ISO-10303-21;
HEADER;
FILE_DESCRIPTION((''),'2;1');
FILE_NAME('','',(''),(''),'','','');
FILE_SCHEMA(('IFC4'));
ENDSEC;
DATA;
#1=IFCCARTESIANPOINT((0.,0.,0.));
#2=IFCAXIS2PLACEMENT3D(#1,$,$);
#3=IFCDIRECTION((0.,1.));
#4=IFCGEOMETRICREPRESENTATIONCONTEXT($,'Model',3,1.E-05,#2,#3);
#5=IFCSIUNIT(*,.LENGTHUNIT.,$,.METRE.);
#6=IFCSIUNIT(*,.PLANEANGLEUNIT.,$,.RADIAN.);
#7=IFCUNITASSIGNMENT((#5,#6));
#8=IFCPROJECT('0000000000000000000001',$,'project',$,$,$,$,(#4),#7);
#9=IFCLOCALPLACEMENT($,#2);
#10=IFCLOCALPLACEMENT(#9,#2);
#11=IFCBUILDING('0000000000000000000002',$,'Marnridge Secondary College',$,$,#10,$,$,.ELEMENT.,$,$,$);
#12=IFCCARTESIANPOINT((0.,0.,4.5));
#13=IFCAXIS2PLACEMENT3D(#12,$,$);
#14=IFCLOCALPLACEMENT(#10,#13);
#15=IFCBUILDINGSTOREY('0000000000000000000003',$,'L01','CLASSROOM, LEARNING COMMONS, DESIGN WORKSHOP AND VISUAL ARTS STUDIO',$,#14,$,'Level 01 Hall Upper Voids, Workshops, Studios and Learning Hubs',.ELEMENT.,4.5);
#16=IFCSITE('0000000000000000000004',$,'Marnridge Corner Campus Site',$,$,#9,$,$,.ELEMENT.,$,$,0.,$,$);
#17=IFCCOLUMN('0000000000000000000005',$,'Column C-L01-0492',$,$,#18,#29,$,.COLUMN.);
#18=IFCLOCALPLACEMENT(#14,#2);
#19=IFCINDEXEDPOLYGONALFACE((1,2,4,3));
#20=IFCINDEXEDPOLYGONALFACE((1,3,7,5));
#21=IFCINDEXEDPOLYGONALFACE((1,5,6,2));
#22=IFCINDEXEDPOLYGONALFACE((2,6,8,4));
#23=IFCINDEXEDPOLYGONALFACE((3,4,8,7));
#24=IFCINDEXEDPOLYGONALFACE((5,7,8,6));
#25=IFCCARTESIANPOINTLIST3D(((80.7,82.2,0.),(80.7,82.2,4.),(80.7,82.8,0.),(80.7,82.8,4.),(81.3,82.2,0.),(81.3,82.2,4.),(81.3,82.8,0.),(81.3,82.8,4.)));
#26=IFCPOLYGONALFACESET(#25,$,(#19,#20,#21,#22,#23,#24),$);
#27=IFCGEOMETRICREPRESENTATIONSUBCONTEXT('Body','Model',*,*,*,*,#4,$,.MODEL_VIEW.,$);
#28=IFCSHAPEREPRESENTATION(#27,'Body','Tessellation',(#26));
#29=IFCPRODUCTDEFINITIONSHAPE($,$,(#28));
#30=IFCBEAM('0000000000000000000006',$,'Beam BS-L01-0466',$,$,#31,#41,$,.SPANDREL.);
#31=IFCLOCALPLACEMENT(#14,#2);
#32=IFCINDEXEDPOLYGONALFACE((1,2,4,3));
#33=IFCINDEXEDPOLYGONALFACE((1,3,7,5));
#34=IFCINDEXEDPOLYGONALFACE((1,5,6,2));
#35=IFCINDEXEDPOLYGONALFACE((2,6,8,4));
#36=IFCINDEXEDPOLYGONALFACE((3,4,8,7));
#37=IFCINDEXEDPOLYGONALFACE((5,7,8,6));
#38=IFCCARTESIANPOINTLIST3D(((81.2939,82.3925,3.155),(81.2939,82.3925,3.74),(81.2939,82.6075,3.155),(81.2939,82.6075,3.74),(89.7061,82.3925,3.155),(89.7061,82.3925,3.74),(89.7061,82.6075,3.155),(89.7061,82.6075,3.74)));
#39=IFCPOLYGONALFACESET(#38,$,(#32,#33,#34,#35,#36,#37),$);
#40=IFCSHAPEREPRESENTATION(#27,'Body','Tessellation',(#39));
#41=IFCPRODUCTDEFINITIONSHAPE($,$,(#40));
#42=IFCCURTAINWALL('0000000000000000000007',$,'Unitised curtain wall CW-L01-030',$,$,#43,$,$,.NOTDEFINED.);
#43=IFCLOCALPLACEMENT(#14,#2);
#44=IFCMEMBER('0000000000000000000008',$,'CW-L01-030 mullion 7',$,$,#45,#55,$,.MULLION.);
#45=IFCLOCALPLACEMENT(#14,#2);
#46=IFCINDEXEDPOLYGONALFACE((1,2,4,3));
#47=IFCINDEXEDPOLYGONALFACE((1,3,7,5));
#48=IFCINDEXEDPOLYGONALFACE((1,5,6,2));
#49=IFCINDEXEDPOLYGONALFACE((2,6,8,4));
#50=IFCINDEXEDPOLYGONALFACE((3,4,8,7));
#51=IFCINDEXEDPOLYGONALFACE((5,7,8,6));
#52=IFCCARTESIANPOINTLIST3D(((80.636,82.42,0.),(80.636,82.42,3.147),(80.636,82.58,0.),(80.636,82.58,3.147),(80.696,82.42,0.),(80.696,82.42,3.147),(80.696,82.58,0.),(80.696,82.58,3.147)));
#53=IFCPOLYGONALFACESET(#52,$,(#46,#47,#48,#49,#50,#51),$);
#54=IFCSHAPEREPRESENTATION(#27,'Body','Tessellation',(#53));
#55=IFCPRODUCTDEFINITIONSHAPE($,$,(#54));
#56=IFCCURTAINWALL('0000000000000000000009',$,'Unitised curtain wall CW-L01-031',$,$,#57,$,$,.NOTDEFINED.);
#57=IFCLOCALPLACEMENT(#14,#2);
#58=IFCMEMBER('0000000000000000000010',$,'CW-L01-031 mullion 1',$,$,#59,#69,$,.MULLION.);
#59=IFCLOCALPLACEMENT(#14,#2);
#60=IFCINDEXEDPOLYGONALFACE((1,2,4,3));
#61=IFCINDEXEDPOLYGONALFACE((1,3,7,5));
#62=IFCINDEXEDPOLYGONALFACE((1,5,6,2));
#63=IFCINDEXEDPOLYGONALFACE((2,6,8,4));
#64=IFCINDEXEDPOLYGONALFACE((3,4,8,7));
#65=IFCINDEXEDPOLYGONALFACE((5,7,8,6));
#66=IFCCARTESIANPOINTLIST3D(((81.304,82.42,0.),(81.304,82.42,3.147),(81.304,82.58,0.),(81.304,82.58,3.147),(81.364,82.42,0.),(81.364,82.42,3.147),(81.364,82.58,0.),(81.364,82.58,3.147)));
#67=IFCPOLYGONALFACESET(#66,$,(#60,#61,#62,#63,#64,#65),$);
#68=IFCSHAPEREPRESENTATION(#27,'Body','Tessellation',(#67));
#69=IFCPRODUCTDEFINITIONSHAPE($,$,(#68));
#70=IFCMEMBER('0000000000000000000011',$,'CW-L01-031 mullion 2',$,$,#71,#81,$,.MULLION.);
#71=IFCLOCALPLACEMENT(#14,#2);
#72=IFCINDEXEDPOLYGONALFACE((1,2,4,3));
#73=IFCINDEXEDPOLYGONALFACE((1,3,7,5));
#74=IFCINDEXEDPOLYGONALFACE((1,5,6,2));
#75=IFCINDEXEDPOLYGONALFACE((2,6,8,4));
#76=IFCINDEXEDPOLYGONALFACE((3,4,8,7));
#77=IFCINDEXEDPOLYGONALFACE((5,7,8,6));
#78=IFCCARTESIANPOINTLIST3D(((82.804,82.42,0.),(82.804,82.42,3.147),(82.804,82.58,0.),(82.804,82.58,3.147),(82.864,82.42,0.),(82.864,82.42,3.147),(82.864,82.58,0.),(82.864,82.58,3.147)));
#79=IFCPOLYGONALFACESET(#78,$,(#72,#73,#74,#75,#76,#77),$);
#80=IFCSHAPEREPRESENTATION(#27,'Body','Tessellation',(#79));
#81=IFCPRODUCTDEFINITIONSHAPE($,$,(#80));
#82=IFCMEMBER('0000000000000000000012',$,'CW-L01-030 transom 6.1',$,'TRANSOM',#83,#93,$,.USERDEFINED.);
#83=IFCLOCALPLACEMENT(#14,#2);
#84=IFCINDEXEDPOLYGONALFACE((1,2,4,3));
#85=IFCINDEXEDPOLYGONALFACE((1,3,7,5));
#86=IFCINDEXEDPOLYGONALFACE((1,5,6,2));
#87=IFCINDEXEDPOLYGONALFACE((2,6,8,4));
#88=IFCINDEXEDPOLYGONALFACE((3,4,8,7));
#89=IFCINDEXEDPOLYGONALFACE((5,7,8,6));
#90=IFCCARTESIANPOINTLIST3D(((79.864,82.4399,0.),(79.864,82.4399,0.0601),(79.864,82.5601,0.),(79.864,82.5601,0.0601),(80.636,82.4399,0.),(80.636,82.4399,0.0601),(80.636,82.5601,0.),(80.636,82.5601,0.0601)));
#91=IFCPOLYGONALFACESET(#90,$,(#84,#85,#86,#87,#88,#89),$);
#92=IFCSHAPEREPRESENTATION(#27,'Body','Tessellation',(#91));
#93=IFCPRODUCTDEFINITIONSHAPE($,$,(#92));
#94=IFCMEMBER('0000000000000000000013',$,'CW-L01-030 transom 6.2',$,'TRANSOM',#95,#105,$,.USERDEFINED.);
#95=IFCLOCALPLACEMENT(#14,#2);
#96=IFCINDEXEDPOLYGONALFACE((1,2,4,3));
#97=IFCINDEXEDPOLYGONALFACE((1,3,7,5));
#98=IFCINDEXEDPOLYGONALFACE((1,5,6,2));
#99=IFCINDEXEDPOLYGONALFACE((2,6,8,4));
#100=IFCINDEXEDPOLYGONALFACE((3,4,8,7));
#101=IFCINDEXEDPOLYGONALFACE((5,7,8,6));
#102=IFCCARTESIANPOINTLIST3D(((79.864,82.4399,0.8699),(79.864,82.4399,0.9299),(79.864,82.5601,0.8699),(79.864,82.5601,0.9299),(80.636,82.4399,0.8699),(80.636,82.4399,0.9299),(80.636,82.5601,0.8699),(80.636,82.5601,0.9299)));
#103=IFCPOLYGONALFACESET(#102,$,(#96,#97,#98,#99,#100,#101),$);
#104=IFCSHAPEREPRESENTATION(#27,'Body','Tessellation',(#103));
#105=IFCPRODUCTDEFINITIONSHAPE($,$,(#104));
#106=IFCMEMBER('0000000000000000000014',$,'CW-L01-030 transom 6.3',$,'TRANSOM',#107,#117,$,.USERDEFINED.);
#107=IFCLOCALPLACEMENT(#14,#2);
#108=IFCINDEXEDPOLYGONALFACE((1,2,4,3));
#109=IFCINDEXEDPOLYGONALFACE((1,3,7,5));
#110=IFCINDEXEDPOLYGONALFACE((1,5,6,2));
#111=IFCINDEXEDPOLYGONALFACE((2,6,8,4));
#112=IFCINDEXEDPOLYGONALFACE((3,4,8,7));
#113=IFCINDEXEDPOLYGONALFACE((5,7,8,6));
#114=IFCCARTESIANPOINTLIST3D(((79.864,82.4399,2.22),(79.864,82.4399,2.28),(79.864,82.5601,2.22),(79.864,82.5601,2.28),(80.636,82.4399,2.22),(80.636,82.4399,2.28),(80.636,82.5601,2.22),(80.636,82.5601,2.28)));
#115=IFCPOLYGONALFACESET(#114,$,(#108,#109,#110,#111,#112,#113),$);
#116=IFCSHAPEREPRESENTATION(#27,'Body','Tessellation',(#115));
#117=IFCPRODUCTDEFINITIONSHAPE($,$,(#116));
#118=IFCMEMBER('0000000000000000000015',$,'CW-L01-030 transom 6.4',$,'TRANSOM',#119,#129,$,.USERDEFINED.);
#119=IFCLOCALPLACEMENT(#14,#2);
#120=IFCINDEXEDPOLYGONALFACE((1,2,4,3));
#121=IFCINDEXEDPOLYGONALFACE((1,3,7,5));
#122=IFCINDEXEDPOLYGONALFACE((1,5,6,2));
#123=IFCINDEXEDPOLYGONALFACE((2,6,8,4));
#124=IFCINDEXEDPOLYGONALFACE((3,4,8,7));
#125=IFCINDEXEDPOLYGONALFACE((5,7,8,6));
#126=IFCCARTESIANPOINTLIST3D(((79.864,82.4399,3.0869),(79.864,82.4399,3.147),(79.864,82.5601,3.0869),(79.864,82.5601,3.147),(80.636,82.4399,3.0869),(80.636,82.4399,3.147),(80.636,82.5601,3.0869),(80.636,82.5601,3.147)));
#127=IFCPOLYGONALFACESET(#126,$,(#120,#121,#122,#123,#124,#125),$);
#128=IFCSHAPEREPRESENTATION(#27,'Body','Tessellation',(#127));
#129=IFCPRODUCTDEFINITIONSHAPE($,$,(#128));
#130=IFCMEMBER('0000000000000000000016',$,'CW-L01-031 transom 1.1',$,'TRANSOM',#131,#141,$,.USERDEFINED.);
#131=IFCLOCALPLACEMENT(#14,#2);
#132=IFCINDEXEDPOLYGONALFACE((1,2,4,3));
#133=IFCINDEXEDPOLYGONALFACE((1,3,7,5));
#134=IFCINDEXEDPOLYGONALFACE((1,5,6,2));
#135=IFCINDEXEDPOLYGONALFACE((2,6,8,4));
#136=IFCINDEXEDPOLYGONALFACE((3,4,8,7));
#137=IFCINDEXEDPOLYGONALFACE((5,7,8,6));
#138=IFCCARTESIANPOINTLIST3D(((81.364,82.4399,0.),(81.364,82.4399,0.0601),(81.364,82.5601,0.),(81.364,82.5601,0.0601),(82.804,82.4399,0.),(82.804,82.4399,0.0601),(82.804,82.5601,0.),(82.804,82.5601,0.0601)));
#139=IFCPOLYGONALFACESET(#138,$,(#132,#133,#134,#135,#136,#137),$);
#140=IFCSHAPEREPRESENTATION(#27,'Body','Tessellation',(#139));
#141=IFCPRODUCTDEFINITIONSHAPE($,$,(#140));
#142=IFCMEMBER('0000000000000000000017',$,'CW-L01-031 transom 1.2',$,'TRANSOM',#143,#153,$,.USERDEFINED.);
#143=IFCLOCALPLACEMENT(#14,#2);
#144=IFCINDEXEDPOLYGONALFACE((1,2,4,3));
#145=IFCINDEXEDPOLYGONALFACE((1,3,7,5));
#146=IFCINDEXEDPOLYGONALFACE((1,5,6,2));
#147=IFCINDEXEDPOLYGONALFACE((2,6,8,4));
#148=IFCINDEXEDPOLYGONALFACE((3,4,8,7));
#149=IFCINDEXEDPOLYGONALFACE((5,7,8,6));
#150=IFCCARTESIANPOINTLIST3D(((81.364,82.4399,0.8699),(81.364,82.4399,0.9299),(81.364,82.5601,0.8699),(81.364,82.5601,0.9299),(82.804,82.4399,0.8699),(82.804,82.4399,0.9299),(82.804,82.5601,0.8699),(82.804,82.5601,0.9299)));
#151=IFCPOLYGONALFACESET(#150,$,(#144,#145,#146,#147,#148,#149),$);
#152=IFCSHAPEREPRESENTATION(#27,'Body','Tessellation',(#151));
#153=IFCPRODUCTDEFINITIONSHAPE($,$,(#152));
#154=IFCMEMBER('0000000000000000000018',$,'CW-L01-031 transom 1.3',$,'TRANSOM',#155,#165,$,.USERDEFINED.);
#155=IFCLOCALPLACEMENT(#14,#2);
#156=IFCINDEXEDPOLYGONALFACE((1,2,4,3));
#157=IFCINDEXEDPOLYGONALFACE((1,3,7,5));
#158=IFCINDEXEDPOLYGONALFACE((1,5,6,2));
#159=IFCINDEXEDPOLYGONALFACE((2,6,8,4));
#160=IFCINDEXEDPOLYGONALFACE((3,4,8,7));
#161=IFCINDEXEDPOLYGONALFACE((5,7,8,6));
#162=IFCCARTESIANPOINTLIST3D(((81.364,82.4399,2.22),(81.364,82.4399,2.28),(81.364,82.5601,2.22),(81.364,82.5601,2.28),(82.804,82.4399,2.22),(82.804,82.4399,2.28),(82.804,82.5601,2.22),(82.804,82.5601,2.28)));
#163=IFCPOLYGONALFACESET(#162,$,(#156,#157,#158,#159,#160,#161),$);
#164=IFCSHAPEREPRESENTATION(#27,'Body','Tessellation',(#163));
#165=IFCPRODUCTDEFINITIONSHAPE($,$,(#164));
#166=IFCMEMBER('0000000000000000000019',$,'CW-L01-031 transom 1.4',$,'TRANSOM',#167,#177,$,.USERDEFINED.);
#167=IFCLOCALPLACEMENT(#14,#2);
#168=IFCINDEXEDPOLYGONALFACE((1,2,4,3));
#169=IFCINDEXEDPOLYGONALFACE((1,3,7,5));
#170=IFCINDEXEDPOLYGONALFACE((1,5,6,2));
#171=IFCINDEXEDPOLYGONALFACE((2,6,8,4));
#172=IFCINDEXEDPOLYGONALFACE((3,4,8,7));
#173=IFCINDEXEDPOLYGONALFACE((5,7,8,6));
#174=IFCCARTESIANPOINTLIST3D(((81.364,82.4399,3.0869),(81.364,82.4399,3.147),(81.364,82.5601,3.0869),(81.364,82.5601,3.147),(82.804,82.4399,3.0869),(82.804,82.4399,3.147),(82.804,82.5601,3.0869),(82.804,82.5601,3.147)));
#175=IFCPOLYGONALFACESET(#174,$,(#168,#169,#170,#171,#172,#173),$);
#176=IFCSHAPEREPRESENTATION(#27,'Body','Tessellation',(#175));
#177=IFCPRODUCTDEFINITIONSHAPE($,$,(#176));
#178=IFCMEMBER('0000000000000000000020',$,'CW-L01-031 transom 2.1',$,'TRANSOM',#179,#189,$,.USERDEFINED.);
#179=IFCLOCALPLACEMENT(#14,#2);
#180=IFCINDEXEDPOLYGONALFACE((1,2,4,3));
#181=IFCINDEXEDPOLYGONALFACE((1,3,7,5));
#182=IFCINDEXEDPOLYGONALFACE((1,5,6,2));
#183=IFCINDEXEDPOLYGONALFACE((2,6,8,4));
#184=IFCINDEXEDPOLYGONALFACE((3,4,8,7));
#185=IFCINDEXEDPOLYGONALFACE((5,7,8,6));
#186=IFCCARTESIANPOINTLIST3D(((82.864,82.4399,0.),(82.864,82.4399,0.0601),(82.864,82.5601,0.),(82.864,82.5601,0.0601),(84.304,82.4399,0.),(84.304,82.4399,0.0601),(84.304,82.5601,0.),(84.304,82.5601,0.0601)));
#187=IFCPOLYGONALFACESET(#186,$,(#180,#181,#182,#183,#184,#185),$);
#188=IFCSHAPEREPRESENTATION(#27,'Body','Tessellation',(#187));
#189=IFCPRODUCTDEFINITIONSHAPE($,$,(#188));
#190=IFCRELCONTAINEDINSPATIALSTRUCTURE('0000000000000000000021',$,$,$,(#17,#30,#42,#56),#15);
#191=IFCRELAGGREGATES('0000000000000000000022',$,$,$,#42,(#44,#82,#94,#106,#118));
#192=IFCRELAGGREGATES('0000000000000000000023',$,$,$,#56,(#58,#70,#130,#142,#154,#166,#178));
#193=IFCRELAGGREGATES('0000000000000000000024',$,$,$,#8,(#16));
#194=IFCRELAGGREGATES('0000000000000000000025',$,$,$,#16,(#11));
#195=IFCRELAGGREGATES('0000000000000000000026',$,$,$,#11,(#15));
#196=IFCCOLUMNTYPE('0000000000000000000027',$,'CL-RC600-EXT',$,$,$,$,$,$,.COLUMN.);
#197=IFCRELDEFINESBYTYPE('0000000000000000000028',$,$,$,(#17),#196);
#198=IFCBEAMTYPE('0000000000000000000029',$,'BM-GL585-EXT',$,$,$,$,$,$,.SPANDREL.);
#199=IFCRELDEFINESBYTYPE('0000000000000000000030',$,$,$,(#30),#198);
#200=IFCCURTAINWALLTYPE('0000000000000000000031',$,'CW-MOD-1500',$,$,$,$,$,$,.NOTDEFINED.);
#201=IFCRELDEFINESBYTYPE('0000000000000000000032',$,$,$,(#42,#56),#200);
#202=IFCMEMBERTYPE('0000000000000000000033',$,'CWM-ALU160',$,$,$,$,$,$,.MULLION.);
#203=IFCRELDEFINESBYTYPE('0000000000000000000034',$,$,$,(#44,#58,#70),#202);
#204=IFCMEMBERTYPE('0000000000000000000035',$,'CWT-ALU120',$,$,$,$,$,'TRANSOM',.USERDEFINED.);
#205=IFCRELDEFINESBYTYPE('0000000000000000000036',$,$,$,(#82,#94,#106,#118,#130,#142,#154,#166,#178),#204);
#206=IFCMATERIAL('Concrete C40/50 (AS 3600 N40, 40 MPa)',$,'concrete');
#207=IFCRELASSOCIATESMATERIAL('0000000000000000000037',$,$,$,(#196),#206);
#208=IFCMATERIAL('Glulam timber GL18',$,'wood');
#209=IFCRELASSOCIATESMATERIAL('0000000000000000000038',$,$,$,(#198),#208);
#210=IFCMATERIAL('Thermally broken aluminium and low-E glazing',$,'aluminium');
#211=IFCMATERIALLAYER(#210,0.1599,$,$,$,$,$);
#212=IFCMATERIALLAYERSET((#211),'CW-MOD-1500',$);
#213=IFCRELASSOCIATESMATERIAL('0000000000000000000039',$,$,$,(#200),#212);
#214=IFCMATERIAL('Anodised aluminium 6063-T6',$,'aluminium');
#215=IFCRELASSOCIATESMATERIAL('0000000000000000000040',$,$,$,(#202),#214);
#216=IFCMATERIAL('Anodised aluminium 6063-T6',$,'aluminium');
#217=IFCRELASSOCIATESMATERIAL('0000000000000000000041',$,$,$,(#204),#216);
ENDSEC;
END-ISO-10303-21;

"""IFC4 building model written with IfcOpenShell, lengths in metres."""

from ifc_helpers import new_model, si_unit, direction, frame, origin, origin_2d, place, context, subcontext, project, spatial, rectangle, extrude, material, layer, layer_set, material_profile, profile_set, type_object, element, aggregate, save


model = new_model("IFC4")

# Units and contexts
model_context = context("Model", 3, precision=1e-05, world=origin(), true_north=direction((0.0, 1.0)))
body_context = subcontext(model_context, "Body", "Model", "MODEL_VIEW")
ifc_project = project(units=[si_unit("LENGTHUNIT", "METRE"), si_unit("PLANEANGLEUNIT", "RADIAN")], contexts=[model_context])

# Site, building, storey
site_placement = place(None, origin())
site = spatial("IfcSite", under=ifc_project, at=site_placement, Name="Marnridge Corner Campus Site", CompositionType="ELEMENT", RefElevation=0.0)
building_placement = place(site_placement, origin())
building = spatial("IfcBuilding", under=site, at=building_placement, Name="Marnridge Secondary College", CompositionType="ELEMENT")
storey_placement = place(building_placement, frame((0.0, 0.0, 4.5)))
storey = spatial("IfcBuildingStorey", under=building, at=storey_placement, Name="L01", Description="CLASSROOM, LEARNING COMMONS, DESIGN WORKSHOP AND VISUAL ARTS STUDIO", LongName="Level 01 Hall Upper Voids, Workshops, Studios and Learning Hubs", CompositionType="ELEMENT", Elevation=4.5)

# Column
ifc_material_1 = material(Name="Concrete C40/50 (AS 3600 N40, 40 MPa)", Category="concrete")
ifc_material_profile_1 = material_profile(ifc_material_1, rectangle(XDim=0.6001, YDim=0.6001, at=origin_2d()), Name="RC 600x600")
ifc_profile_set_1 = profile_set([ifc_material_profile_1], Name="Concrete C40/50 (AS 3600 N40, 40 MPa)")
column_type = type_object("IfcColumnType", Name="CL-RC600-EXT", PredefinedType="COLUMN", material=ifc_profile_set_1)
column_placement = place(storey_placement, frame((81.0, 82.5, 0.0), z_axis=(0.0, 0.0, 1.0), x_axis=(1.0, 0.0, 0.0)))
element("IfcColumn", 1, at=column_placement, inside=storey, type_object=column_type, Name="Column C-L01-0492", PredefinedType="COLUMN", context=body_context, shape_type="SweptSolid", body=[
    extrude(rectangle(XDim=0.6001, YDim=0.6001, at=origin_2d()), origin(), (0.0, 0.0, 1.0), 4.0),
])

# Beam
ifc_material_2 = material(Name="Glulam timber GL18", Category="wood")
ifc_material_profile_2 = material_profile(ifc_material_2, rectangle(XDim=0.2151, YDim=0.585, at=origin_2d()), Name="GL18 215x585")
ifc_profile_set_2 = profile_set([ifc_material_profile_2], Name="Glulam timber GL18")
beam_type = type_object("IfcBeamType", Name="BM-GL585-EXT", PredefinedType="SPANDREL", material=ifc_profile_set_2)
beam_placement = place(storey_placement, frame((81.2939, 82.5, 3.4475), z_axis=(1.0, 0.0, 0.0), x_axis=(0.0, 1.0, 0.0)))
element("IfcBeam", 2, at=beam_placement, inside=storey, type_object=beam_type, Name="Beam BS-L01-0466", PredefinedType="SPANDREL", context=body_context, shape_type="SweptSolid", body=[
    extrude(rectangle(XDim=0.2151, YDim=0.585, at=origin_2d()), origin(), (0.0, 0.0, 1.0), 8.4121),
])

# Curtain wall, member
ifc_material_3 = material(Name="Thermally broken aluminium and low-E glazing", Category="aluminium")
ifc_layer_1 = layer(ifc_material_3, 0.1599)
ifc_layer_set_1 = layer_set([ifc_layer_1], Name="CW-MOD-1500")
curtain_wall_type = type_object("IfcCurtainWallType", Name="CW-MOD-1500", PredefinedType="NOTDEFINED", material=ifc_layer_set_1)
curtain_wall_1_placement = place(storey_placement, origin())
curtain_wall_1 = element("IfcCurtainWall", 3, at=curtain_wall_1_placement, inside=storey, type_object=curtain_wall_type, Name="Unitised curtain wall CW-L01-030", PredefinedType="NOTDEFINED")
ifc_material_4 = material(Name="Anodised aluminium 6063-T6", Category="aluminium")
ifc_material_profile_3 = material_profile(ifc_material_4, rectangle(XDim=0.0601, YDim=0.1599, at=origin_2d()), Name="ALU 60x160")
ifc_profile_set_3 = profile_set([ifc_material_profile_3], Name="Anodised aluminium 6063-T6")
member_type_1 = type_object("IfcMemberType", Name="CWM-ALU160", PredefinedType="MULLION", material=ifc_profile_set_3)
member_1_placement = place(storey_placement, frame((80.666, 82.5, 0.0), z_axis=(0.0, 0.0, 1.0), x_axis=(1.0, 0.0, 0.0)))
member_1 = element("IfcMember", 4, at=member_1_placement, type_object=member_type_1, Name="CW-L01-030 mullion 7", PredefinedType="MULLION", context=body_context, shape_type="SweptSolid", body=[
    extrude(rectangle(XDim=0.0601, YDim=0.1599, at=origin_2d()), origin(), (0.0, 0.0, 1.0), 3.147),
])

# Curtain wall, members
curtain_wall_2_placement = place(storey_placement, origin())
curtain_wall_2 = element("IfcCurtainWall", 5, at=curtain_wall_2_placement, inside=storey, type_object=curtain_wall_type, Name="Unitised curtain wall CW-L01-031", PredefinedType="NOTDEFINED")
member_2_placement = place(storey_placement, frame((81.334, 82.5, 0.0), z_axis=(0.0, 0.0, 1.0), x_axis=(1.0, 0.0, 0.0)))
member_2 = element("IfcMember", 6, at=member_2_placement, type_object=member_type_1, Name="CW-L01-031 mullion 1", PredefinedType="MULLION", context=body_context, shape_type="SweptSolid", body=[
    extrude(rectangle(XDim=0.0601, YDim=0.1599, at=origin_2d()), origin(), (0.0, 0.0, 1.0), 3.147),
])
member_3_placement = place(storey_placement, frame((82.834, 82.5, 0.0), z_axis=(0.0, 0.0, 1.0), x_axis=(1.0, 0.0, 0.0)))
member_3 = element("IfcMember", 7, at=member_3_placement, type_object=member_type_1, Name="CW-L01-031 mullion 2", PredefinedType="MULLION", context=body_context, shape_type="SweptSolid", body=[
    extrude(rectangle(XDim=0.0601, YDim=0.1599, at=origin_2d()), origin(), (0.0, 0.0, 1.0), 3.147),
])

# Members
ifc_material_5 = material(Name="Anodised aluminium 6063-T6", Category="aluminium")
ifc_material_profile_4 = material_profile(ifc_material_5, rectangle(XDim=0.0601, YDim=0.1201, at=origin_2d()), Name="ALU 60x120")
ifc_profile_set_4 = profile_set([ifc_material_profile_4], Name="Anodised aluminium 6063-T6")
member_type_2 = type_object("IfcMemberType", Name="CWT-ALU120", ElementType="TRANSOM", PredefinedType="USERDEFINED", material=ifc_profile_set_4)
member_4_placement = place(storey_placement, frame((79.864, 82.5, 0.03), z_axis=(1.0, 0.0, 0.0), x_axis=(0.0, 0.0, 1.0)))
member_4 = element("IfcMember", 8, at=member_4_placement, type_object=member_type_2, Name="CW-L01-030 transom 6.1", ObjectType="TRANSOM", PredefinedType="USERDEFINED", context=body_context, shape_type="SweptSolid", body=[
    extrude(rectangle(XDim=0.0601, YDim=0.1201, at=origin_2d()), origin(), (0.0, 0.0, 1.0), 0.772),
])
member_5_placement = place(storey_placement, frame((79.864, 82.5, 0.8999), z_axis=(1.0, 0.0, 0.0), x_axis=(0.0, 0.0, 1.0)))
member_5 = element("IfcMember", 9, at=member_5_placement, type_object=member_type_2, Name="CW-L01-030 transom 6.2", ObjectType="TRANSOM", PredefinedType="USERDEFINED", context=body_context, shape_type="SweptSolid", body=[
    extrude(rectangle(XDim=0.0601, YDim=0.1201, at=origin_2d()), origin(), (0.0, 0.0, 1.0), 0.772),
])
member_6_placement = place(storey_placement, frame((79.864, 82.5, 2.25), z_axis=(1.0, 0.0, 0.0), x_axis=(0.0, 0.0, 1.0)))
member_6 = element("IfcMember", 10, at=member_6_placement, type_object=member_type_2, Name="CW-L01-030 transom 6.3", ObjectType="TRANSOM", PredefinedType="USERDEFINED", context=body_context, shape_type="SweptSolid", body=[
    extrude(rectangle(XDim=0.0601, YDim=0.1201, at=origin_2d()), origin(), (0.0, 0.0, 1.0), 0.772),
])
member_7_placement = place(storey_placement, frame((79.864, 82.5, 3.1169), z_axis=(1.0, 0.0, 0.0), x_axis=(0.0, 0.0, 1.0)))
member_7 = element("IfcMember", 11, at=member_7_placement, type_object=member_type_2, Name="CW-L01-030 transom 6.4", ObjectType="TRANSOM", PredefinedType="USERDEFINED", context=body_context, shape_type="SweptSolid", body=[
    extrude(rectangle(XDim=0.0601, YDim=0.1201, at=origin_2d()), origin(), (0.0, 0.0, 1.0), 0.772),
])
member_8_placement = place(storey_placement, frame((81.364, 82.5, 0.03), z_axis=(1.0, 0.0, 0.0), x_axis=(0.0, 0.0, 1.0)))
member_8 = element("IfcMember", 12, at=member_8_placement, type_object=member_type_2, Name="CW-L01-031 transom 1.1", ObjectType="TRANSOM", PredefinedType="USERDEFINED", context=body_context, shape_type="SweptSolid", body=[
    extrude(rectangle(XDim=0.0601, YDim=0.1201, at=origin_2d()), origin(), (0.0, 0.0, 1.0), 1.4399),
])
member_9_placement = place(storey_placement, frame((81.364, 82.5, 0.8999), z_axis=(1.0, 0.0, 0.0), x_axis=(0.0, 0.0, 1.0)))
member_9 = element("IfcMember", 13, at=member_9_placement, type_object=member_type_2, Name="CW-L01-031 transom 1.2", ObjectType="TRANSOM", PredefinedType="USERDEFINED", context=body_context, shape_type="SweptSolid", body=[
    extrude(rectangle(XDim=0.0601, YDim=0.1201, at=origin_2d()), origin(), (0.0, 0.0, 1.0), 1.4399),
])
member_10_placement = place(storey_placement, frame((81.364, 82.5, 2.25), z_axis=(1.0, 0.0, 0.0), x_axis=(0.0, 0.0, 1.0)))
member_10 = element("IfcMember", 14, at=member_10_placement, type_object=member_type_2, Name="CW-L01-031 transom 1.3", ObjectType="TRANSOM", PredefinedType="USERDEFINED", context=body_context, shape_type="SweptSolid", body=[
    extrude(rectangle(XDim=0.0601, YDim=0.1201, at=origin_2d()), origin(), (0.0, 0.0, 1.0), 1.4399),
])
member_11_placement = place(storey_placement, frame((81.364, 82.5, 3.1169), z_axis=(1.0, 0.0, 0.0), x_axis=(0.0, 0.0, 1.0)))
member_11 = element("IfcMember", 15, at=member_11_placement, type_object=member_type_2, Name="CW-L01-031 transom 1.4", ObjectType="TRANSOM", PredefinedType="USERDEFINED", context=body_context, shape_type="SweptSolid", body=[
    extrude(rectangle(XDim=0.0601, YDim=0.1201, at=origin_2d()), origin(), (0.0, 0.0, 1.0), 1.4399),
])
member_12_placement = place(storey_placement, frame((82.864, 82.5, 0.03), z_axis=(1.0, 0.0, 0.0), x_axis=(0.0, 0.0, 1.0)))
member_12 = element("IfcMember", 16, at=member_12_placement, type_object=member_type_2, Name="CW-L01-031 transom 2.1", ObjectType="TRANSOM", PredefinedType="USERDEFINED", context=body_context, shape_type="SweptSolid", body=[
    extrude(rectangle(XDim=0.0601, YDim=0.1201, at=origin_2d()), origin(), (0.0, 0.0, 1.0), 1.4399),
])

aggregate(curtain_wall_1, [member_1, member_4, member_5, member_6, member_7])
aggregate(curtain_wall_2, [member_2, member_3, member_8, member_9, member_10, member_11, member_12])

save(model, "model.ifc")
